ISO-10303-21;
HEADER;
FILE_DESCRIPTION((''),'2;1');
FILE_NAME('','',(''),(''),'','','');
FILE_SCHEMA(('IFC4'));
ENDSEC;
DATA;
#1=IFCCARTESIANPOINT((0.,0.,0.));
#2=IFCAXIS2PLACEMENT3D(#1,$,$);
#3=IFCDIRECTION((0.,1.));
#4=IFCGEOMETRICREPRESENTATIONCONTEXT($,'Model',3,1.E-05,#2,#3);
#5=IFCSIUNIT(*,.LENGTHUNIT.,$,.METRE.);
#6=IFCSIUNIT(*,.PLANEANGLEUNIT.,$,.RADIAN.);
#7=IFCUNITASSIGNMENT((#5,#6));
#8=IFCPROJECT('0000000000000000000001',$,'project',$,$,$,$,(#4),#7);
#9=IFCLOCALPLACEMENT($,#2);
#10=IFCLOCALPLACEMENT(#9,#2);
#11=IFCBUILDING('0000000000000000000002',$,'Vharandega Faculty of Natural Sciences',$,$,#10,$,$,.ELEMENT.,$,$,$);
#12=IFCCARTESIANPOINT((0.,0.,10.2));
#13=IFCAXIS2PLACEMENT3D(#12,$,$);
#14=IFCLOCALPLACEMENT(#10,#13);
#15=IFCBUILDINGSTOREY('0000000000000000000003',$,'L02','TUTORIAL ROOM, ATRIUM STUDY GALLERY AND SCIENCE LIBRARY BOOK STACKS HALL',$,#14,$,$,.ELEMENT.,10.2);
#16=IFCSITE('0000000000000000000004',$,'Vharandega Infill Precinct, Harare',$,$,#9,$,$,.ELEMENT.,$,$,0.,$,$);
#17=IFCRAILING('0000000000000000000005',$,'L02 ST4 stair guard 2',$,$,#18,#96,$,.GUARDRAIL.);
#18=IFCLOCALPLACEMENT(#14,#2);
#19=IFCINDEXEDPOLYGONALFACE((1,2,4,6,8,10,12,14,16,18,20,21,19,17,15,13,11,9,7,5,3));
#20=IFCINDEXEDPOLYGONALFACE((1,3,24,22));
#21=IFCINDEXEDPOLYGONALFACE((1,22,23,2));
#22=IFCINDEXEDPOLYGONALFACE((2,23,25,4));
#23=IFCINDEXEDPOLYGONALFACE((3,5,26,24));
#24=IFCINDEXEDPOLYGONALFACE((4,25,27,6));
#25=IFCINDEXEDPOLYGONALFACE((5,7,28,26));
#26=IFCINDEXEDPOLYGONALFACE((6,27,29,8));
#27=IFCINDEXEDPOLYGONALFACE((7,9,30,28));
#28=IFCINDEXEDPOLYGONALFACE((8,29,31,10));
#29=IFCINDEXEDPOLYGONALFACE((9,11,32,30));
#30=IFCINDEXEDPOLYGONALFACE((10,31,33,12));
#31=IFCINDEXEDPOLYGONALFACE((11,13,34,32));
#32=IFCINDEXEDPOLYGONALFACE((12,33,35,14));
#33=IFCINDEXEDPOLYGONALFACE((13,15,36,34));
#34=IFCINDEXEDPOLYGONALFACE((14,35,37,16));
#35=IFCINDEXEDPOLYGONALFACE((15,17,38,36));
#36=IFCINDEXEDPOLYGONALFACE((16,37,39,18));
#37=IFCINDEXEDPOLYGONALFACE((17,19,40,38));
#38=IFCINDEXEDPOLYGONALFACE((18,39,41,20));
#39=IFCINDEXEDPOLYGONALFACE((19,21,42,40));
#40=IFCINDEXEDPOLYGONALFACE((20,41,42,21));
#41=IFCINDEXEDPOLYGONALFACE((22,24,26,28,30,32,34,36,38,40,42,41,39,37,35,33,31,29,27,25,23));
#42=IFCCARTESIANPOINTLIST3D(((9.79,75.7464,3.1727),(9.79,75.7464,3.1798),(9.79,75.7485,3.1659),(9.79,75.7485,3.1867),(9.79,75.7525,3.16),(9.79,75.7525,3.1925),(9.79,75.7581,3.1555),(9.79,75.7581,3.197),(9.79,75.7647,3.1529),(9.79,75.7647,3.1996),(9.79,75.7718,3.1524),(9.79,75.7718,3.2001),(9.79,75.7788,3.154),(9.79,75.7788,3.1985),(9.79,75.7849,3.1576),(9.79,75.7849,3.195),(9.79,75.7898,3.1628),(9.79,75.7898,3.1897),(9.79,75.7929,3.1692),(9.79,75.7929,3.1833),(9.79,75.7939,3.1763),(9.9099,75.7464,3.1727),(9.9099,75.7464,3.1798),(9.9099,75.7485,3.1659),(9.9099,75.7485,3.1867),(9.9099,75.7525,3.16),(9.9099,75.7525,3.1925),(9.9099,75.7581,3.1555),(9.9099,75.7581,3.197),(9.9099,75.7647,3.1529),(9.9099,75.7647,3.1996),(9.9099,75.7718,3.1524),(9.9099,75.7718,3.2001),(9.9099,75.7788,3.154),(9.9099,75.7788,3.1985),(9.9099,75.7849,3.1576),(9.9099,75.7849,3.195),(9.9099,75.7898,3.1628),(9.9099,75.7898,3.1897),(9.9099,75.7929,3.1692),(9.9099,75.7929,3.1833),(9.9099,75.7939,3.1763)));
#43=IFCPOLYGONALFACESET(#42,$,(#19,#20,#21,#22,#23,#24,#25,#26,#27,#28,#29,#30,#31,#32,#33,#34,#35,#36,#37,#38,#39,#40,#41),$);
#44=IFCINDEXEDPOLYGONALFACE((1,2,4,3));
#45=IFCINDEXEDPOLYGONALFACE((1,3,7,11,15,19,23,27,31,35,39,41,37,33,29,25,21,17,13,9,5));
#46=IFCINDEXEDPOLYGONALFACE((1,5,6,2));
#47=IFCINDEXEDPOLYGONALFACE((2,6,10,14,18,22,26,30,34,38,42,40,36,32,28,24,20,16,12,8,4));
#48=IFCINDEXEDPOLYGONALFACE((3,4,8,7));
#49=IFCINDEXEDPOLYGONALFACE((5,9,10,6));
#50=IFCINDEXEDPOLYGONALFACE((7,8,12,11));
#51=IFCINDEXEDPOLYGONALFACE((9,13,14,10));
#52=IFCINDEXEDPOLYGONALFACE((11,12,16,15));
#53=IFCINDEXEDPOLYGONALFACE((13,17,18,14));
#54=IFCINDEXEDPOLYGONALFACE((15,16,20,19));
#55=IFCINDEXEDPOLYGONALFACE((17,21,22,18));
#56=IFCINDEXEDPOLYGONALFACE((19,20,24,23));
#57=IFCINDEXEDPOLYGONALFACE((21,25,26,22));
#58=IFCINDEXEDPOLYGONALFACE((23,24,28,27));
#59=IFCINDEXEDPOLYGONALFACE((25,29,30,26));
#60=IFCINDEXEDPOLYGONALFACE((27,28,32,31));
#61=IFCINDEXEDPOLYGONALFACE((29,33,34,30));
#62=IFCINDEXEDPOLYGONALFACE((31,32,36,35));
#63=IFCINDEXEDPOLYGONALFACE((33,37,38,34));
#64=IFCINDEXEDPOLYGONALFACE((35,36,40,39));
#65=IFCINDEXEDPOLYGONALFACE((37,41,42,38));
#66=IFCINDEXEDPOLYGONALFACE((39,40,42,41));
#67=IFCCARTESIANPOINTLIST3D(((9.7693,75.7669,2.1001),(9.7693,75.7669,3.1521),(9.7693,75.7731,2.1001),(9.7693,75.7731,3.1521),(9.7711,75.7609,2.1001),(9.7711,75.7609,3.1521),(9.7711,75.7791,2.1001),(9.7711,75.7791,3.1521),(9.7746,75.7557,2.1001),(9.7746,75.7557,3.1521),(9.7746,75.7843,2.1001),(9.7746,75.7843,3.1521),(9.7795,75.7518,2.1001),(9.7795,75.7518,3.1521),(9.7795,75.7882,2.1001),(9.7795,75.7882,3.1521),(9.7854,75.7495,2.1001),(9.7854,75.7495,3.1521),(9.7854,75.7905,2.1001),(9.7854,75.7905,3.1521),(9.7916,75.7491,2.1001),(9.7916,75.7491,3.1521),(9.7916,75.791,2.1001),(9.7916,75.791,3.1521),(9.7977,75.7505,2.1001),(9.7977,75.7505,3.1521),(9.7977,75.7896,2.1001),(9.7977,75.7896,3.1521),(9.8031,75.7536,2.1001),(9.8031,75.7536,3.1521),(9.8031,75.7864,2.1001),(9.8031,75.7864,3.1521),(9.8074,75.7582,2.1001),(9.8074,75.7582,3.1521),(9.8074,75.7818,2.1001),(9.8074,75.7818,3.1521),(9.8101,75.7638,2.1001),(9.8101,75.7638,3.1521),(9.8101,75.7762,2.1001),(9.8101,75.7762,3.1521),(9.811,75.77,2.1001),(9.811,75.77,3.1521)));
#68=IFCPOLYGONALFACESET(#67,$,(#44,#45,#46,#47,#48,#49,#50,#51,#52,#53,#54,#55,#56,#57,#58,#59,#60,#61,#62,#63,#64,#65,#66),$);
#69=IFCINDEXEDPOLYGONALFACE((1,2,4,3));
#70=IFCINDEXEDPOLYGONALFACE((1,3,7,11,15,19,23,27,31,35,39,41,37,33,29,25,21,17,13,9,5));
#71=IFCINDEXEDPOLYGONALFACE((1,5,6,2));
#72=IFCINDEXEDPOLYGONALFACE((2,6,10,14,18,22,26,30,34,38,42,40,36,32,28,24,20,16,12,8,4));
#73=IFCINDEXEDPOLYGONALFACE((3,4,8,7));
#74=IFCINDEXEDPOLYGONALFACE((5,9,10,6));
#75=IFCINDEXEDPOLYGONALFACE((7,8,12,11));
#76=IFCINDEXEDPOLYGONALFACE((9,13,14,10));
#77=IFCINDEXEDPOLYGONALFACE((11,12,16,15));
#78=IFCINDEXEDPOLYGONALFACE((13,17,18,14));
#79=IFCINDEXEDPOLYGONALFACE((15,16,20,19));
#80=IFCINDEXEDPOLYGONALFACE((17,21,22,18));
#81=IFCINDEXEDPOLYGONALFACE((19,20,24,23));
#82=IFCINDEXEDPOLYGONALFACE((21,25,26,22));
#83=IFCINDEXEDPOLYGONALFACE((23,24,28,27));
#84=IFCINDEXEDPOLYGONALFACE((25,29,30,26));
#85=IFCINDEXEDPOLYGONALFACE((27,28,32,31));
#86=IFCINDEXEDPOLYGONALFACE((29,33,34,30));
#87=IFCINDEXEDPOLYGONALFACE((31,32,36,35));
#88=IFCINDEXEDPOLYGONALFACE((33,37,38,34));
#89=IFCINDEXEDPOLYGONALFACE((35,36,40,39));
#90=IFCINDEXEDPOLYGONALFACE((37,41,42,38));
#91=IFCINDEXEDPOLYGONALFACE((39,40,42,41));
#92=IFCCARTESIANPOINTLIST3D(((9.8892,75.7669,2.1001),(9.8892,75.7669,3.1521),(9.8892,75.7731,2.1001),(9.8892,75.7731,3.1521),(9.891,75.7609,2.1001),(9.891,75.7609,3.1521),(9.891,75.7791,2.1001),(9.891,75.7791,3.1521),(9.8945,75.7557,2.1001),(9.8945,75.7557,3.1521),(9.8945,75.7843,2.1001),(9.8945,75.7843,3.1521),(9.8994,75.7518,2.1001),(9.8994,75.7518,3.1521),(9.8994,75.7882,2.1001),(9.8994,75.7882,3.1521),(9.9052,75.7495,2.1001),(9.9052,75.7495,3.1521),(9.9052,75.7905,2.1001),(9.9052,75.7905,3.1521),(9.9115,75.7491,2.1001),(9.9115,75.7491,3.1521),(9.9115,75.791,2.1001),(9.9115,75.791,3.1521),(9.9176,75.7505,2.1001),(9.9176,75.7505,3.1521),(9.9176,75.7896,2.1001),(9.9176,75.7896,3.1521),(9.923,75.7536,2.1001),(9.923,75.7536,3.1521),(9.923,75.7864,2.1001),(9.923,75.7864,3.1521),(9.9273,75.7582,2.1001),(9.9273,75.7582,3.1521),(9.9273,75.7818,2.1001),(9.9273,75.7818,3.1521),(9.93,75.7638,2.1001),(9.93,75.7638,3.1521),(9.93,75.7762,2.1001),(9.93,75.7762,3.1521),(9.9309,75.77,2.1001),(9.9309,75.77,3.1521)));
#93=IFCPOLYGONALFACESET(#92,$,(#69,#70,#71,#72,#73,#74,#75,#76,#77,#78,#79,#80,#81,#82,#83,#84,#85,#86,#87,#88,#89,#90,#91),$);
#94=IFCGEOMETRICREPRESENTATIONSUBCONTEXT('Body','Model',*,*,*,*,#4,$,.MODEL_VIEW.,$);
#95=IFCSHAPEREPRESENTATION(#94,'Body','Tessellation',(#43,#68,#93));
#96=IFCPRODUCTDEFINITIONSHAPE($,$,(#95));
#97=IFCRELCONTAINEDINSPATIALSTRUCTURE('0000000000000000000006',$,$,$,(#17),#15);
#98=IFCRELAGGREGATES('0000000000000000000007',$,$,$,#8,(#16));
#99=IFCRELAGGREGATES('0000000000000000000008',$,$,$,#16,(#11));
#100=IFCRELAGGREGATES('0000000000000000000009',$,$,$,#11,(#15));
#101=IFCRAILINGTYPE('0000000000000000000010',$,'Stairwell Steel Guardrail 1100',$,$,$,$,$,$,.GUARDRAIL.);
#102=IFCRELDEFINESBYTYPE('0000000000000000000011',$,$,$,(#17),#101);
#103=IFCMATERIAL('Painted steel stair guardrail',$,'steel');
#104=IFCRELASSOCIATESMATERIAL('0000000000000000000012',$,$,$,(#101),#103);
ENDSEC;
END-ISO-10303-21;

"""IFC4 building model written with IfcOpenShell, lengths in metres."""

from ifc_helpers import new_model, si_unit, direction, frame, origin, origin_2d, place, context, subcontext, project, spatial, circle, extrude, material, type_object, element, save


model = new_model("IFC4")

# Units and contexts
model_context = context("Model", 3, precision=1e-05, world=origin(), true_north=direction((0.0, 1.0)))
body_context = subcontext(model_context, "Body", "Model", "MODEL_VIEW")
ifc_project = project(units=[si_unit("LENGTHUNIT", "METRE"), si_unit("PLANEANGLEUNIT", "RADIAN")], contexts=[model_context])

# Site, building, storey
site_placement = place(None, origin())
site = spatial("IfcSite", under=ifc_project, at=site_placement, Name="Vharandega Infill Precinct, Harare", CompositionType="ELEMENT", RefElevation=0.0)
building_placement = place(site_placement, origin())
building = spatial("IfcBuilding", under=site, at=building_placement, Name="Vharandega Faculty of Natural Sciences", CompositionType="ELEMENT")
storey_placement = place(building_placement, frame((0.0, 0.0, 10.2)))
storey = spatial("IfcBuildingStorey", under=building, at=storey_placement, Name="L02", Description="TUTORIAL ROOM, ATRIUM STUDY GALLERY AND SCIENCE LIBRARY BOOK STACKS HALL", CompositionType="ELEMENT", Elevation=10.2)

# Railing
ifc_material_1 = material(Name="Painted steel stair guardrail", Category="steel")
railing_type_1 = type_object("IfcRailingType", Name="Stairwell Steel Guardrail 1100", PredefinedType="GUARDRAIL", material=ifc_material_1)
railing_1_placement = place(storey_placement, frame((9.79, 75.77, 2.1001)))
element("IfcRailing", 1, at=railing_1_placement, inside=storey, type_object=railing_type_1, Name="L02 ST4 stair guard 2", PredefinedType="GUARDRAIL", context=body_context, shape_type="SweptSolid", body=[
    extrude(circle(Radius=0.0239, at=origin_2d()), frame((0.0, 0.0, 1.0762), z_axis=(1.0, 0.0, 0.0), x_axis=(0.0, 1.0, 0.0)), (0.0, 0.0, 1.0), 0.1199),
    extrude(circle(Radius=0.021, at=origin_2d()), origin(), (0.0, 0.0, 1.0), 1.052),
    extrude(circle(Radius=0.021, at=origin_2d()), frame((0.1199, 0.0, 0.0)), (0.0, 0.0, 1.0), 1.052),
])

save(model, "model.ifc")
